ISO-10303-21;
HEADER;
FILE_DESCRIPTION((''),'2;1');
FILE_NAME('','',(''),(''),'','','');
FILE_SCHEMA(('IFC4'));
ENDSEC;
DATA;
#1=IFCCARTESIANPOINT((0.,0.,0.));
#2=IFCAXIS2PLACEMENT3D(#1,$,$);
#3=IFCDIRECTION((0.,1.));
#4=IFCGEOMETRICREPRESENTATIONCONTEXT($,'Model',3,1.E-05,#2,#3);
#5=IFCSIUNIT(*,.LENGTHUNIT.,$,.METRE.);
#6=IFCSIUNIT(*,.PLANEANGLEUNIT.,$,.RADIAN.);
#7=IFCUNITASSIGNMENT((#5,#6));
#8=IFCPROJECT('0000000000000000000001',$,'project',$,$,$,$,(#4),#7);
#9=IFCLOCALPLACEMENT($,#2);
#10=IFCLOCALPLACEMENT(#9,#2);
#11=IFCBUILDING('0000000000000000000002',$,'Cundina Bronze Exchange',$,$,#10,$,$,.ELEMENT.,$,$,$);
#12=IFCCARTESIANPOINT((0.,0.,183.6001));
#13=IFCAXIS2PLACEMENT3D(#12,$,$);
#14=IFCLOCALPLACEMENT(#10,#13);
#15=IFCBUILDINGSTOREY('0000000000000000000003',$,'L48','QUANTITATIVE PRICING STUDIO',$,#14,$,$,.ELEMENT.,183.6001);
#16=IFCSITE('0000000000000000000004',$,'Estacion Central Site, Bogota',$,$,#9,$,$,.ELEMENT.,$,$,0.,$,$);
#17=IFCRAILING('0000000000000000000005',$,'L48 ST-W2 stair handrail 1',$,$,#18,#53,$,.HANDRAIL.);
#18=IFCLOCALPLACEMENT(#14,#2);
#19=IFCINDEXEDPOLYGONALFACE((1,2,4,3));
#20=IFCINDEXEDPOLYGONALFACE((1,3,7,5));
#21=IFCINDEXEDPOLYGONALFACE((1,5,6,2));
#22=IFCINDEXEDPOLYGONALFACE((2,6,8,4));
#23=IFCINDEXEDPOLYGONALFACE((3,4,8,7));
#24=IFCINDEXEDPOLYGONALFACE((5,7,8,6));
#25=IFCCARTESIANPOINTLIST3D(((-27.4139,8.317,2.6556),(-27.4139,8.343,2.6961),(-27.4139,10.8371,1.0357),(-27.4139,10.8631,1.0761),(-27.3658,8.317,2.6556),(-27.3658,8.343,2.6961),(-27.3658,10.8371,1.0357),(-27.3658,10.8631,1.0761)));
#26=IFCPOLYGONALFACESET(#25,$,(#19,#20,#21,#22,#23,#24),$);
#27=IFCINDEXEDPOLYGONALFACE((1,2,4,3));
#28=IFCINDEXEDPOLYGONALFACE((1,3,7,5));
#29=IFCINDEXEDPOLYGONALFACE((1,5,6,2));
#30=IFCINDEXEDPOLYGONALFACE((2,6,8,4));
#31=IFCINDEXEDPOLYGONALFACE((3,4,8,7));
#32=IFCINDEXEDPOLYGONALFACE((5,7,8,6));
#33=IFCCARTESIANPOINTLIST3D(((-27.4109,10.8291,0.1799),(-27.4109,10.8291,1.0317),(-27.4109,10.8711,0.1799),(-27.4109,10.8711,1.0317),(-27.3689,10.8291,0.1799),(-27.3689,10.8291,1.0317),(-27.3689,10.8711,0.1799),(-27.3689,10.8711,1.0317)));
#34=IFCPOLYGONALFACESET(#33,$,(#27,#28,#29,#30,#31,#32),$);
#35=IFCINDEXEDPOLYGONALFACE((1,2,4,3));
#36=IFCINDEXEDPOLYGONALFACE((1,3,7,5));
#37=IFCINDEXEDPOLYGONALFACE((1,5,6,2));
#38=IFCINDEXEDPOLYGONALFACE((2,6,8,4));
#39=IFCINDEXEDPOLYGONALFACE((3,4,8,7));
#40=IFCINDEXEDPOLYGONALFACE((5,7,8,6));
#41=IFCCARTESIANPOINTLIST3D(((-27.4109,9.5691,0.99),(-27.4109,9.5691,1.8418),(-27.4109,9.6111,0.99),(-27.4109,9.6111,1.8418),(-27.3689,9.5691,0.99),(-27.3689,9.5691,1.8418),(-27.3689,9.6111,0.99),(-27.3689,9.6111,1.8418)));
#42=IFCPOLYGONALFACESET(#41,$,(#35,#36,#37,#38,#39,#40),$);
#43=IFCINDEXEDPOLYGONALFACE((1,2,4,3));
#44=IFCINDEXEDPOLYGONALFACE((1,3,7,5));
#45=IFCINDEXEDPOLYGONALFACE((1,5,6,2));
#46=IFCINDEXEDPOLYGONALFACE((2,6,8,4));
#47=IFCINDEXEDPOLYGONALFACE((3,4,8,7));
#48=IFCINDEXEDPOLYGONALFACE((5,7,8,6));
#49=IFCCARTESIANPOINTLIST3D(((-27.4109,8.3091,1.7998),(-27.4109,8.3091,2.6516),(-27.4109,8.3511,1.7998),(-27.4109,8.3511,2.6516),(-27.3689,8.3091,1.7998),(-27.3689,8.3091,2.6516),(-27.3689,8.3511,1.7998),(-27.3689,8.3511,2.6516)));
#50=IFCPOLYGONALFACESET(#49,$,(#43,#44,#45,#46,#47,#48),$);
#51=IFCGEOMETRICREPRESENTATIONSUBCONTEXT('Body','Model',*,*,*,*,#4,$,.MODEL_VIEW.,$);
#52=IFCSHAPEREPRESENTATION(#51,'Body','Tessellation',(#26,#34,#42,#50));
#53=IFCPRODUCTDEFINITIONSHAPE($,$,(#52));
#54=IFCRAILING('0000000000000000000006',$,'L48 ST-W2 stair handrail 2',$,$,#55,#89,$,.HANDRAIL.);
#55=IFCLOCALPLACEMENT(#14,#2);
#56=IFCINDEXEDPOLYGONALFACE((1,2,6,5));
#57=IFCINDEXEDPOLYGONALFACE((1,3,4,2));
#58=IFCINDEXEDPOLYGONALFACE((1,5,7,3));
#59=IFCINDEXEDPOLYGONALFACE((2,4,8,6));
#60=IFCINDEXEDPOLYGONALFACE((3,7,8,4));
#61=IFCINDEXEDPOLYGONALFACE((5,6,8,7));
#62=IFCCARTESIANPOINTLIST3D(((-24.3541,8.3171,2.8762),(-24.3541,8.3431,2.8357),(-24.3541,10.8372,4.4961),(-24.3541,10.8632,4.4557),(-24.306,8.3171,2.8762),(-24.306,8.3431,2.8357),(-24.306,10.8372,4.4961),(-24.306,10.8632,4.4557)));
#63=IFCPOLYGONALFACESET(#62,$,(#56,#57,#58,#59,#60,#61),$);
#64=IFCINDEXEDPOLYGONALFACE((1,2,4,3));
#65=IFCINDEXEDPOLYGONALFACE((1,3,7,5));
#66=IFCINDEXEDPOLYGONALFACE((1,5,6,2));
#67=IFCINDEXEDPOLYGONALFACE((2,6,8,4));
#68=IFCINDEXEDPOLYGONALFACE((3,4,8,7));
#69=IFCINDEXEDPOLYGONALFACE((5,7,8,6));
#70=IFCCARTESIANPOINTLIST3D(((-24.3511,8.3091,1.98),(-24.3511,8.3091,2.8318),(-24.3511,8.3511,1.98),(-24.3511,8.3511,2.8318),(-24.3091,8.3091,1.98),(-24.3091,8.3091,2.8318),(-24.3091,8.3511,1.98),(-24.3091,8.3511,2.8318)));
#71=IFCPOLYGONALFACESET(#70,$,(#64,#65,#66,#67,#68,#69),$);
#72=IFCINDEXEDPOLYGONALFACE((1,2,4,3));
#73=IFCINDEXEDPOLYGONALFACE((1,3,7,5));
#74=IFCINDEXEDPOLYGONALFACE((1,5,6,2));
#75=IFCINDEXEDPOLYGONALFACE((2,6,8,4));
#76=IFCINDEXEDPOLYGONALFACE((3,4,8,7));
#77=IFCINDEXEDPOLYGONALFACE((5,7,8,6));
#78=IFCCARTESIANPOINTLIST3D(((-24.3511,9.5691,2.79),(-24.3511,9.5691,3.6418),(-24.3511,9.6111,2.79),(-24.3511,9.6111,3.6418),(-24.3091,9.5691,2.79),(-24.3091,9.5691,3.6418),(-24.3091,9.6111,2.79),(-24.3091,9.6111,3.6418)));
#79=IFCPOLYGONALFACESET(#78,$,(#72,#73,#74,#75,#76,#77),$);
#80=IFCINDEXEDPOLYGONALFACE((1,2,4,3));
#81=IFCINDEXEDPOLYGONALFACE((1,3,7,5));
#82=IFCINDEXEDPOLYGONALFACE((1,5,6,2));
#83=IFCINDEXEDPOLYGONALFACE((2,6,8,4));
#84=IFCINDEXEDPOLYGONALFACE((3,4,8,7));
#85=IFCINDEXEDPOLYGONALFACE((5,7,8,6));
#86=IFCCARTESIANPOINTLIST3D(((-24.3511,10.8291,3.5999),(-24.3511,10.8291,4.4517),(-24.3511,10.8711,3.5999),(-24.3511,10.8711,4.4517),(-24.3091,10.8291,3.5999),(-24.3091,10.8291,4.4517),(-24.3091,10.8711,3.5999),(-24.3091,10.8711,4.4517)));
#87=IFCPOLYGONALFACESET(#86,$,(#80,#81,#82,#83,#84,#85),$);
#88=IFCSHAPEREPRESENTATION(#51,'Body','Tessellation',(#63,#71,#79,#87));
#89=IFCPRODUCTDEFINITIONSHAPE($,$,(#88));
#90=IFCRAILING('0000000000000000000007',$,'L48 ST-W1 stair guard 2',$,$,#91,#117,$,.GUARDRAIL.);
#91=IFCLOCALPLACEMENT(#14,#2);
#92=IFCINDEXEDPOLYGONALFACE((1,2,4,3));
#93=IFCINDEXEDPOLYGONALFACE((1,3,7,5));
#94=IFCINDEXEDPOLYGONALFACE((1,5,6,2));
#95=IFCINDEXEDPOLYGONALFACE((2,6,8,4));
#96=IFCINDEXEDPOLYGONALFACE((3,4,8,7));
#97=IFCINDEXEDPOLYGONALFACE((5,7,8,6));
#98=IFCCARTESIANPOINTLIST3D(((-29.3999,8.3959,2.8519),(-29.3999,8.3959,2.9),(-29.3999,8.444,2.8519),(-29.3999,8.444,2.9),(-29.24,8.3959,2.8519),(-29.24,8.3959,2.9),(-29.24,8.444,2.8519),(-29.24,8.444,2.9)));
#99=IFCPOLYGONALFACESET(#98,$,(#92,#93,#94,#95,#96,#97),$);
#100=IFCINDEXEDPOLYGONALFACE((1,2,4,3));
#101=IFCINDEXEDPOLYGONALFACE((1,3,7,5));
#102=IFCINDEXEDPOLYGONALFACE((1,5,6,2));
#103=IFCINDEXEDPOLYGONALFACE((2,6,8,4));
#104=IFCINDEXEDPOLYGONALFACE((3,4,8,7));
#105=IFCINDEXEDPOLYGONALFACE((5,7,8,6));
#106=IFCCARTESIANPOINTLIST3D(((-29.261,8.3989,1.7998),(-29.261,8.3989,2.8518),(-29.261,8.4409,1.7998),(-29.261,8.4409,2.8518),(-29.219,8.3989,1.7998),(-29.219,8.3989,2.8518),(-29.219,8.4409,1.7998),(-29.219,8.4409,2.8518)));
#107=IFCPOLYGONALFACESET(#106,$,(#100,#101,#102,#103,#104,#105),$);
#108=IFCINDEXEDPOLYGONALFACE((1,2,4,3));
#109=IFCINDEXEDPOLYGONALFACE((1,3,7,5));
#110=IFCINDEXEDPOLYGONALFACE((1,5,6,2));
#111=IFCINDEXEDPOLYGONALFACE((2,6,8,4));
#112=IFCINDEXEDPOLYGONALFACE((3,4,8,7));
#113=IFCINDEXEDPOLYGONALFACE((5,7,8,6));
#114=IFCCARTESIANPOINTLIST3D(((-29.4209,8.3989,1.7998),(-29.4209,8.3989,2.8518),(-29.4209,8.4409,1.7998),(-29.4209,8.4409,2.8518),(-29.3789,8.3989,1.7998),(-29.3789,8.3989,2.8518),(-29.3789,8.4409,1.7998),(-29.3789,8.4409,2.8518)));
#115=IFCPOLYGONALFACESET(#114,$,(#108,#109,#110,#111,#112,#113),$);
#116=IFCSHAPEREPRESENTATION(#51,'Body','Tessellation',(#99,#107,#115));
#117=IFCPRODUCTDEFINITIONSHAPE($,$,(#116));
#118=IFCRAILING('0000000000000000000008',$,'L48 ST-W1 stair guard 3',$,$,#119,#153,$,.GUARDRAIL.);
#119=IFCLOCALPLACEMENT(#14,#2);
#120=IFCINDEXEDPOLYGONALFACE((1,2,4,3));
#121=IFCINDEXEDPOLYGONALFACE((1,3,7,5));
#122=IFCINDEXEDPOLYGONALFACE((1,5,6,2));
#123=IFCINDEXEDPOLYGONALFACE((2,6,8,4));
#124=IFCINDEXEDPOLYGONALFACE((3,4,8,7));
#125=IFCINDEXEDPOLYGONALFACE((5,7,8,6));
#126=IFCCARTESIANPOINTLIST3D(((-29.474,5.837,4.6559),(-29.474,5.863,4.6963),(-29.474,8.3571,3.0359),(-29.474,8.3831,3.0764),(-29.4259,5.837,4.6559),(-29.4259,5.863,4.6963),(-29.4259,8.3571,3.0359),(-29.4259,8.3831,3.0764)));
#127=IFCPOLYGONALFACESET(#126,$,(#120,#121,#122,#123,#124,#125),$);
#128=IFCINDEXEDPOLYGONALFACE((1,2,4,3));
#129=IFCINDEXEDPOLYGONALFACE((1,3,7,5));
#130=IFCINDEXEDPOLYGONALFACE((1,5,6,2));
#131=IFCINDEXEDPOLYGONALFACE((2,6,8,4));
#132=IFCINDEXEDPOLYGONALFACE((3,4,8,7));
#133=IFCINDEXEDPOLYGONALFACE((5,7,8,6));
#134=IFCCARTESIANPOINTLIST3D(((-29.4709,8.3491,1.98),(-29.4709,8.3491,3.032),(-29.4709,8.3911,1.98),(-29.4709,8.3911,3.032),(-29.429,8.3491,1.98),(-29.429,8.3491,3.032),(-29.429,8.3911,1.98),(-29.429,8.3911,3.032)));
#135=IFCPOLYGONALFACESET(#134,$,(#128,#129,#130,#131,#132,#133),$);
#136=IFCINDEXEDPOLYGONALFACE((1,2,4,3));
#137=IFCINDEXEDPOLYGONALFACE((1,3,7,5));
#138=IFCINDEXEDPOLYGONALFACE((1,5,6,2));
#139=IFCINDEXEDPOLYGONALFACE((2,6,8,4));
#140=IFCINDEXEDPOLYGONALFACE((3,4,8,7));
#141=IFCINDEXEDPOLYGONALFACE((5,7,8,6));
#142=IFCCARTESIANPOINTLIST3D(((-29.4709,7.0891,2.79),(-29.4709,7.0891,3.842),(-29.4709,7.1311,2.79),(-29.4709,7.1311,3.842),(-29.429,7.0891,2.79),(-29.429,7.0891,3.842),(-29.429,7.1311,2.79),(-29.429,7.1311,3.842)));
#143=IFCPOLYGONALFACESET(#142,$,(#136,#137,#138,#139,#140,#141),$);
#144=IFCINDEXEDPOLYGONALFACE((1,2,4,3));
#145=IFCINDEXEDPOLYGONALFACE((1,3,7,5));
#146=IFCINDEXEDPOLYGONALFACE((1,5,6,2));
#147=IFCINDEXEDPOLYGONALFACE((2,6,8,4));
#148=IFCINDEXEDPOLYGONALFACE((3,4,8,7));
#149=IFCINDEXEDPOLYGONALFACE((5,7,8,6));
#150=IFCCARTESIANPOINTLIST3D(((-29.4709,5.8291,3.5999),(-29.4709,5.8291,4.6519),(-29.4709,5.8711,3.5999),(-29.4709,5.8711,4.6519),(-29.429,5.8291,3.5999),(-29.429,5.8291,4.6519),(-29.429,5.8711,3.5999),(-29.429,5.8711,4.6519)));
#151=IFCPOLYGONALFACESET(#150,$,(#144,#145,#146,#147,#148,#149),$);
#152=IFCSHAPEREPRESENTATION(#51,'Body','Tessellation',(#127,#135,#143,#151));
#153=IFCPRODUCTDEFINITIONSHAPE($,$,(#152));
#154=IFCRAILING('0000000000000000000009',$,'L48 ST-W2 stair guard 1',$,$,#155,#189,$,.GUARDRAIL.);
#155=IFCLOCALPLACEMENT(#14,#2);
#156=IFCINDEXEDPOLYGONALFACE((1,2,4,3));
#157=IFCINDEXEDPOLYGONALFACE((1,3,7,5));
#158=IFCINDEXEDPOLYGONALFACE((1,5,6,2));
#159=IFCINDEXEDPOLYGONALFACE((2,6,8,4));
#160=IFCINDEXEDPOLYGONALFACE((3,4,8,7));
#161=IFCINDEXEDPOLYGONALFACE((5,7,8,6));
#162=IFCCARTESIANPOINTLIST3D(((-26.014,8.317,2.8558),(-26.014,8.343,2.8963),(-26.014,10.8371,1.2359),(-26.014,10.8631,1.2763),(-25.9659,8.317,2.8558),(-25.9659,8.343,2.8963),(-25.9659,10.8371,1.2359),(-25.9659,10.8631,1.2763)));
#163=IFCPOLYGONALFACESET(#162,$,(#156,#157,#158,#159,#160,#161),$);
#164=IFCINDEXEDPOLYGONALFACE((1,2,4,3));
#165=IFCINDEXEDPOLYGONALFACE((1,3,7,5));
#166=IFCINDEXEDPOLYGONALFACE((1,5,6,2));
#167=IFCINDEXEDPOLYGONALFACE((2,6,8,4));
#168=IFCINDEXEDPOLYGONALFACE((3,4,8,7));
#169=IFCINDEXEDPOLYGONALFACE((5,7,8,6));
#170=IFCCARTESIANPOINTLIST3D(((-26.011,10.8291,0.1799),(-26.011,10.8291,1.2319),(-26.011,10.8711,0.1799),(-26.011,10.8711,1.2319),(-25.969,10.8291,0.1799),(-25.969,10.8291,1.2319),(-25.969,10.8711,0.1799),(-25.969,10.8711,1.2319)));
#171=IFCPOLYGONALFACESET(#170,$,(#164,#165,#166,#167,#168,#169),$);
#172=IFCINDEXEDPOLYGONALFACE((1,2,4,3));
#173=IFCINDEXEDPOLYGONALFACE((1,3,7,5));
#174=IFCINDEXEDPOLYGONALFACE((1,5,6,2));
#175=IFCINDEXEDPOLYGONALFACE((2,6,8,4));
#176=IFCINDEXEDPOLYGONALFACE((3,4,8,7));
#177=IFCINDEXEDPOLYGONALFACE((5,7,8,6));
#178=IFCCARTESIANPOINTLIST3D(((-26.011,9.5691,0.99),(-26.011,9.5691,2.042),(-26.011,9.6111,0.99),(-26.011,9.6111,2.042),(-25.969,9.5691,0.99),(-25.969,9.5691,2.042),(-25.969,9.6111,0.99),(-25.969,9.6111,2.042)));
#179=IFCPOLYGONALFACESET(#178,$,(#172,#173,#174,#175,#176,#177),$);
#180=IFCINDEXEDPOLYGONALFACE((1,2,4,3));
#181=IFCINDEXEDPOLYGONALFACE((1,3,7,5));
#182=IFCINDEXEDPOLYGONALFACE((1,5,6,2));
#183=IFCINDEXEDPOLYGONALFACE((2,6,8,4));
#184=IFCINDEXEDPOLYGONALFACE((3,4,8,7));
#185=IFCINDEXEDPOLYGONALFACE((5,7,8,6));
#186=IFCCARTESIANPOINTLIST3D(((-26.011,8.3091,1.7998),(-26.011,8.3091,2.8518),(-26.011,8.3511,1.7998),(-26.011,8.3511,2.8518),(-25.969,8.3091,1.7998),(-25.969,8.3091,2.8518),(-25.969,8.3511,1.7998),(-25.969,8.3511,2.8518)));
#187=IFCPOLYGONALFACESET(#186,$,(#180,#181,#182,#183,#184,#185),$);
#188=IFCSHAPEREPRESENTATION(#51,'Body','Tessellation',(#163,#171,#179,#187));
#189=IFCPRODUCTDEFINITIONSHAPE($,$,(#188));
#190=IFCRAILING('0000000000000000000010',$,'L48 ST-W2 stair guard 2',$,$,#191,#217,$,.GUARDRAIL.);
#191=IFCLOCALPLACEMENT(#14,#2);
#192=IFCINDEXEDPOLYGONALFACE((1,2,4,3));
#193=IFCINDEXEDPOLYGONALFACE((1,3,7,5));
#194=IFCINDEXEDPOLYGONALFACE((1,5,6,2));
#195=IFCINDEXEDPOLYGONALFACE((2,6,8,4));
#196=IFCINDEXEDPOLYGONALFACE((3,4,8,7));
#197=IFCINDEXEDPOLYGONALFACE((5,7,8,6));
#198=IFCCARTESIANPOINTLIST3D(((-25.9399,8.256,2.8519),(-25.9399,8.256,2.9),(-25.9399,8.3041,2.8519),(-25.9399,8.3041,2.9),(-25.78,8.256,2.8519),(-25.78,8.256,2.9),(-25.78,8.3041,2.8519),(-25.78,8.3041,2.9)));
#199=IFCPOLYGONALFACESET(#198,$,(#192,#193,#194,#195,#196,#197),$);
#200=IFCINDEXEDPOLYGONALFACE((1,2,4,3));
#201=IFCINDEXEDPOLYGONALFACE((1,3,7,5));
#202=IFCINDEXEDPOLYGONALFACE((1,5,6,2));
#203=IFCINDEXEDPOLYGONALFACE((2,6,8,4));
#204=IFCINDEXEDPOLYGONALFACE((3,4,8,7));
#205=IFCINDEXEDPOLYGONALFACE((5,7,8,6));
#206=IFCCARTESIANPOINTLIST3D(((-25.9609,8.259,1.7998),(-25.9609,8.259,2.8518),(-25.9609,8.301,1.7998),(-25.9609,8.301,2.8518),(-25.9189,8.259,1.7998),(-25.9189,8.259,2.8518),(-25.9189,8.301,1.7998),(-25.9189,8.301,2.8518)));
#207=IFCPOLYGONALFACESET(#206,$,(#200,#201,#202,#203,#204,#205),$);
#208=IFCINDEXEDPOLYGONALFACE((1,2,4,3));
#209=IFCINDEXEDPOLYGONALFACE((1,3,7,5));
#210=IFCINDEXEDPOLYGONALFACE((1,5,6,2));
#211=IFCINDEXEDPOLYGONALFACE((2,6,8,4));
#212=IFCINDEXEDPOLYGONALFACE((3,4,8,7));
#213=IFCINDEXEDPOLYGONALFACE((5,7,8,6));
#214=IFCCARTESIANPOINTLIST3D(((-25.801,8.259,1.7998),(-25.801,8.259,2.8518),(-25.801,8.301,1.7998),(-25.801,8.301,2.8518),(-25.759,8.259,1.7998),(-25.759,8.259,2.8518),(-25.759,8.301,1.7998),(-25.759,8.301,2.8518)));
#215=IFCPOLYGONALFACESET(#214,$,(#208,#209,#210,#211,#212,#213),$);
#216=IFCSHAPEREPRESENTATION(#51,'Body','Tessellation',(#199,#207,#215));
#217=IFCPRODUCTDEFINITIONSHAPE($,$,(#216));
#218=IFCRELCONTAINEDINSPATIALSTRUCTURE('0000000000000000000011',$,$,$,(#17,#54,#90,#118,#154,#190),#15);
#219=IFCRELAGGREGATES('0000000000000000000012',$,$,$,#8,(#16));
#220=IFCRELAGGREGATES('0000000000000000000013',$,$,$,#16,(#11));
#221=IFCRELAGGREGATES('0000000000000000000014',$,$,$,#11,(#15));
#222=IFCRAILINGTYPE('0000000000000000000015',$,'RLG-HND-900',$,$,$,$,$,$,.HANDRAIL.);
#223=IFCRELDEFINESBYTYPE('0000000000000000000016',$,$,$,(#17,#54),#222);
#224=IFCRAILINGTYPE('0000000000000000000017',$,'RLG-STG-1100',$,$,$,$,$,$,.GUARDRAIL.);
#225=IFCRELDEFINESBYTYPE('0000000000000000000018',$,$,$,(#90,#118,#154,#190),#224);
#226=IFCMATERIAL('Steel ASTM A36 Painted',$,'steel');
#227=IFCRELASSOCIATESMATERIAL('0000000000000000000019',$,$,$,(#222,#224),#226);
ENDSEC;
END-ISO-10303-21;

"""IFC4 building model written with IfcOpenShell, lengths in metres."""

from ifc_helpers import new_model, si_unit, direction, frame, origin, origin_2d, place, context, subcontext, project, spatial, rectangle, extrude, material, type_object, element, save


model = new_model("IFC4")

# Units and contexts
model_context = context("Model", 3, precision=1e-05, world=origin(), true_north=direction((0.0, 1.0)))
body_context = subcontext(model_context, "Body", "Model", "MODEL_VIEW")
ifc_project = project(units=[si_unit("LENGTHUNIT", "METRE"), si_unit("PLANEANGLEUNIT", "RADIAN")], contexts=[model_context])

# Site, building, storey
site_placement = place(None, origin())
site = spatial("IfcSite", under=ifc_project, at=site_placement, Name="Estacion Central Site, Bogota", CompositionType="ELEMENT", RefElevation=0.0)
building_placement = place(site_placement, origin())
building = spatial("IfcBuilding", under=site, at=building_placement, Name="Cundina Bronze Exchange", CompositionType="ELEMENT")
storey_placement = place(building_placement, frame((0.0, 0.0, 183.6001)))
storey = spatial("IfcBuildingStorey", under=building, at=storey_placement, Name="L48", Description="QUANTITATIVE PRICING STUDIO", CompositionType="ELEMENT", Elevation=183.6001)

# Shared definitions
ifc_material_1 = material(Name="Steel ASTM A36 Painted", Category="steel")

# Railings
railing_type_1 = type_object("IfcRailingType", Name="RLG-HND-900", PredefinedType="HANDRAIL", material=ifc_material_1)
railing_1_placement = place(storey_placement, frame((-27.3899, 10.8501, 0.1799)))
element("IfcRailing", 1, at=railing_1_placement, inside=storey, type_object=railing_type_1, Name="L48 ST-W2 stair handrail 1", PredefinedType="HANDRAIL", context=body_context, shape_type="SweptSolid", body=[
    extrude(rectangle(XDim=0.0481, YDim=0.0481, at=origin_2d()), frame((0.0, 0.0, 0.876), z_axis=(0.0, -0.8412, 0.540725), x_axis=(1.0, 0.0, 0.0)), (0.0, 0.0, 1.0), 2.9958),
    extrude(rectangle(XDim=0.042, YDim=0.042, at=origin_2d()), origin(), (0.0, 0.0, 1.0), 0.8518),
    extrude(rectangle(XDim=0.042, YDim=0.042, at=origin_2d()), frame((0.0, -1.26, 0.8101)), (0.0, 0.0, 1.0), 0.8518),
    extrude(rectangle(XDim=0.042, YDim=0.042, at=origin_2d()), frame((0.0, -2.52, 1.6199)), (0.0, 0.0, 1.0), 0.8518),
])
railing_2_placement = place(storey_placement, frame((-24.3301, 8.3301, 1.98)))
element("IfcRailing", 2, at=railing_2_placement, inside=storey, type_object=railing_type_1, Name="L48 ST-W2 stair handrail 2", PredefinedType="HANDRAIL", context=body_context, shape_type="SweptSolid", body=[
    extrude(rectangle(XDim=0.0481, YDim=0.0481, at=origin_2d()), frame((0.0, 0.0, 0.876), z_axis=(0.0, 0.8412, 0.540725), x_axis=(-1.0, 0.0, 0.0)), (0.0, 0.0, 1.0), 2.9958),
    extrude(rectangle(XDim=0.042, YDim=0.042, at=origin_2d()), origin(), (0.0, 0.0, 1.0), 0.8518),
    extrude(rectangle(XDim=0.042, YDim=0.042, at=origin_2d()), frame((0.0, 1.26, 0.8101)), (0.0, 0.0, 1.0), 0.8518),
    extrude(rectangle(XDim=0.042, YDim=0.042, at=origin_2d()), frame((0.0, 2.52, 1.6199)), (0.0, 0.0, 1.0), 0.8518),
])
railing_type_2 = type_object("IfcRailingType", Name="RLG-STG-1100", PredefinedType="GUARDRAIL", material=ifc_material_1)
railing_3_placement = place(storey_placement, frame((-29.24, 8.4199, 1.7998)))
element("IfcRailing", 3, at=railing_3_placement, inside=storey, type_object=railing_type_2, Name="L48 ST-W1 stair guard 2", PredefinedType="GUARDRAIL", context=body_context, shape_type="SweptSolid", body=[
    extrude(rectangle(XDim=0.0481, YDim=0.0481, at=origin_2d()), frame((0.0, 0.0, 1.0762), z_axis=(-1.0, 0.0, 0.0), x_axis=(0.0, -1.0, 0.0)), (0.0, 0.0, 1.0), 0.1599),
    extrude(rectangle(XDim=0.042, YDim=0.042, at=origin_2d()), origin(), (0.0, 0.0, 1.0), 1.052),
    extrude(rectangle(XDim=0.042, YDim=0.042, at=origin_2d()), frame((-0.1599, 0.0, 0.0)), (0.0, 0.0, 1.0), 1.052),
])
for number, where, name in (
    (4, (-29.45, 8.3701, 1.98), "L48 ST-W1 stair guard 3"),
    (5, (-25.99, 10.8501, 0.1799), "L48 ST-W2 stair guard 1"),
):
    element("IfcRailing", number, at=place(storey_placement, frame(where)), inside=storey, type_object=railing_type_2, Name=name, PredefinedType="GUARDRAIL", context=body_context, shape_type="SweptSolid", body=[
        extrude(rectangle(XDim=0.0481, YDim=0.0481, at=origin_2d()), frame((0.0, 0.0, 1.0762), z_axis=(0.0, -0.8412, 0.540725), x_axis=(1.0, 0.0, 0.0)), (0.0, 0.0, 1.0), 2.9958),
        extrude(rectangle(XDim=0.042, YDim=0.042, at=origin_2d()), origin(), (0.0, 0.0, 1.0), 1.052),
        extrude(rectangle(XDim=0.042, YDim=0.042, at=origin_2d()), frame((0.0, -1.26, 0.8101)), (0.0, 0.0, 1.0), 1.052),
        extrude(rectangle(XDim=0.042, YDim=0.042, at=origin_2d()), frame((0.0, -2.52, 1.6199)), (0.0, 0.0, 1.0), 1.052),
    ])
railing_4_placement = place(storey_placement, frame((-25.9399, 8.28, 1.7998)))
element("IfcRailing", 6, at=railing_4_placement, inside=storey, type_object=railing_type_2, Name="L48 ST-W2 stair guard 2", PredefinedType="GUARDRAIL", context=body_context, shape_type="SweptSolid", body=[
    extrude(rectangle(XDim=0.0481, YDim=0.0481, at=origin_2d()), frame((0.0, 0.0, 1.0762), z_axis=(1.0, 0.0, 0.0), x_axis=(0.0, 1.0, 0.0)), (0.0, 0.0, 1.0), 0.1599),
    extrude(rectangle(XDim=0.042, YDim=0.042, at=origin_2d()), origin(), (0.0, 0.0, 1.0), 1.052),
    extrude(rectangle(XDim=0.042, YDim=0.042, at=origin_2d()), frame((0.1599, 0.0, 0.0)), (0.0, 0.0, 1.0), 1.052),
])

save(model, "model.ifc")
